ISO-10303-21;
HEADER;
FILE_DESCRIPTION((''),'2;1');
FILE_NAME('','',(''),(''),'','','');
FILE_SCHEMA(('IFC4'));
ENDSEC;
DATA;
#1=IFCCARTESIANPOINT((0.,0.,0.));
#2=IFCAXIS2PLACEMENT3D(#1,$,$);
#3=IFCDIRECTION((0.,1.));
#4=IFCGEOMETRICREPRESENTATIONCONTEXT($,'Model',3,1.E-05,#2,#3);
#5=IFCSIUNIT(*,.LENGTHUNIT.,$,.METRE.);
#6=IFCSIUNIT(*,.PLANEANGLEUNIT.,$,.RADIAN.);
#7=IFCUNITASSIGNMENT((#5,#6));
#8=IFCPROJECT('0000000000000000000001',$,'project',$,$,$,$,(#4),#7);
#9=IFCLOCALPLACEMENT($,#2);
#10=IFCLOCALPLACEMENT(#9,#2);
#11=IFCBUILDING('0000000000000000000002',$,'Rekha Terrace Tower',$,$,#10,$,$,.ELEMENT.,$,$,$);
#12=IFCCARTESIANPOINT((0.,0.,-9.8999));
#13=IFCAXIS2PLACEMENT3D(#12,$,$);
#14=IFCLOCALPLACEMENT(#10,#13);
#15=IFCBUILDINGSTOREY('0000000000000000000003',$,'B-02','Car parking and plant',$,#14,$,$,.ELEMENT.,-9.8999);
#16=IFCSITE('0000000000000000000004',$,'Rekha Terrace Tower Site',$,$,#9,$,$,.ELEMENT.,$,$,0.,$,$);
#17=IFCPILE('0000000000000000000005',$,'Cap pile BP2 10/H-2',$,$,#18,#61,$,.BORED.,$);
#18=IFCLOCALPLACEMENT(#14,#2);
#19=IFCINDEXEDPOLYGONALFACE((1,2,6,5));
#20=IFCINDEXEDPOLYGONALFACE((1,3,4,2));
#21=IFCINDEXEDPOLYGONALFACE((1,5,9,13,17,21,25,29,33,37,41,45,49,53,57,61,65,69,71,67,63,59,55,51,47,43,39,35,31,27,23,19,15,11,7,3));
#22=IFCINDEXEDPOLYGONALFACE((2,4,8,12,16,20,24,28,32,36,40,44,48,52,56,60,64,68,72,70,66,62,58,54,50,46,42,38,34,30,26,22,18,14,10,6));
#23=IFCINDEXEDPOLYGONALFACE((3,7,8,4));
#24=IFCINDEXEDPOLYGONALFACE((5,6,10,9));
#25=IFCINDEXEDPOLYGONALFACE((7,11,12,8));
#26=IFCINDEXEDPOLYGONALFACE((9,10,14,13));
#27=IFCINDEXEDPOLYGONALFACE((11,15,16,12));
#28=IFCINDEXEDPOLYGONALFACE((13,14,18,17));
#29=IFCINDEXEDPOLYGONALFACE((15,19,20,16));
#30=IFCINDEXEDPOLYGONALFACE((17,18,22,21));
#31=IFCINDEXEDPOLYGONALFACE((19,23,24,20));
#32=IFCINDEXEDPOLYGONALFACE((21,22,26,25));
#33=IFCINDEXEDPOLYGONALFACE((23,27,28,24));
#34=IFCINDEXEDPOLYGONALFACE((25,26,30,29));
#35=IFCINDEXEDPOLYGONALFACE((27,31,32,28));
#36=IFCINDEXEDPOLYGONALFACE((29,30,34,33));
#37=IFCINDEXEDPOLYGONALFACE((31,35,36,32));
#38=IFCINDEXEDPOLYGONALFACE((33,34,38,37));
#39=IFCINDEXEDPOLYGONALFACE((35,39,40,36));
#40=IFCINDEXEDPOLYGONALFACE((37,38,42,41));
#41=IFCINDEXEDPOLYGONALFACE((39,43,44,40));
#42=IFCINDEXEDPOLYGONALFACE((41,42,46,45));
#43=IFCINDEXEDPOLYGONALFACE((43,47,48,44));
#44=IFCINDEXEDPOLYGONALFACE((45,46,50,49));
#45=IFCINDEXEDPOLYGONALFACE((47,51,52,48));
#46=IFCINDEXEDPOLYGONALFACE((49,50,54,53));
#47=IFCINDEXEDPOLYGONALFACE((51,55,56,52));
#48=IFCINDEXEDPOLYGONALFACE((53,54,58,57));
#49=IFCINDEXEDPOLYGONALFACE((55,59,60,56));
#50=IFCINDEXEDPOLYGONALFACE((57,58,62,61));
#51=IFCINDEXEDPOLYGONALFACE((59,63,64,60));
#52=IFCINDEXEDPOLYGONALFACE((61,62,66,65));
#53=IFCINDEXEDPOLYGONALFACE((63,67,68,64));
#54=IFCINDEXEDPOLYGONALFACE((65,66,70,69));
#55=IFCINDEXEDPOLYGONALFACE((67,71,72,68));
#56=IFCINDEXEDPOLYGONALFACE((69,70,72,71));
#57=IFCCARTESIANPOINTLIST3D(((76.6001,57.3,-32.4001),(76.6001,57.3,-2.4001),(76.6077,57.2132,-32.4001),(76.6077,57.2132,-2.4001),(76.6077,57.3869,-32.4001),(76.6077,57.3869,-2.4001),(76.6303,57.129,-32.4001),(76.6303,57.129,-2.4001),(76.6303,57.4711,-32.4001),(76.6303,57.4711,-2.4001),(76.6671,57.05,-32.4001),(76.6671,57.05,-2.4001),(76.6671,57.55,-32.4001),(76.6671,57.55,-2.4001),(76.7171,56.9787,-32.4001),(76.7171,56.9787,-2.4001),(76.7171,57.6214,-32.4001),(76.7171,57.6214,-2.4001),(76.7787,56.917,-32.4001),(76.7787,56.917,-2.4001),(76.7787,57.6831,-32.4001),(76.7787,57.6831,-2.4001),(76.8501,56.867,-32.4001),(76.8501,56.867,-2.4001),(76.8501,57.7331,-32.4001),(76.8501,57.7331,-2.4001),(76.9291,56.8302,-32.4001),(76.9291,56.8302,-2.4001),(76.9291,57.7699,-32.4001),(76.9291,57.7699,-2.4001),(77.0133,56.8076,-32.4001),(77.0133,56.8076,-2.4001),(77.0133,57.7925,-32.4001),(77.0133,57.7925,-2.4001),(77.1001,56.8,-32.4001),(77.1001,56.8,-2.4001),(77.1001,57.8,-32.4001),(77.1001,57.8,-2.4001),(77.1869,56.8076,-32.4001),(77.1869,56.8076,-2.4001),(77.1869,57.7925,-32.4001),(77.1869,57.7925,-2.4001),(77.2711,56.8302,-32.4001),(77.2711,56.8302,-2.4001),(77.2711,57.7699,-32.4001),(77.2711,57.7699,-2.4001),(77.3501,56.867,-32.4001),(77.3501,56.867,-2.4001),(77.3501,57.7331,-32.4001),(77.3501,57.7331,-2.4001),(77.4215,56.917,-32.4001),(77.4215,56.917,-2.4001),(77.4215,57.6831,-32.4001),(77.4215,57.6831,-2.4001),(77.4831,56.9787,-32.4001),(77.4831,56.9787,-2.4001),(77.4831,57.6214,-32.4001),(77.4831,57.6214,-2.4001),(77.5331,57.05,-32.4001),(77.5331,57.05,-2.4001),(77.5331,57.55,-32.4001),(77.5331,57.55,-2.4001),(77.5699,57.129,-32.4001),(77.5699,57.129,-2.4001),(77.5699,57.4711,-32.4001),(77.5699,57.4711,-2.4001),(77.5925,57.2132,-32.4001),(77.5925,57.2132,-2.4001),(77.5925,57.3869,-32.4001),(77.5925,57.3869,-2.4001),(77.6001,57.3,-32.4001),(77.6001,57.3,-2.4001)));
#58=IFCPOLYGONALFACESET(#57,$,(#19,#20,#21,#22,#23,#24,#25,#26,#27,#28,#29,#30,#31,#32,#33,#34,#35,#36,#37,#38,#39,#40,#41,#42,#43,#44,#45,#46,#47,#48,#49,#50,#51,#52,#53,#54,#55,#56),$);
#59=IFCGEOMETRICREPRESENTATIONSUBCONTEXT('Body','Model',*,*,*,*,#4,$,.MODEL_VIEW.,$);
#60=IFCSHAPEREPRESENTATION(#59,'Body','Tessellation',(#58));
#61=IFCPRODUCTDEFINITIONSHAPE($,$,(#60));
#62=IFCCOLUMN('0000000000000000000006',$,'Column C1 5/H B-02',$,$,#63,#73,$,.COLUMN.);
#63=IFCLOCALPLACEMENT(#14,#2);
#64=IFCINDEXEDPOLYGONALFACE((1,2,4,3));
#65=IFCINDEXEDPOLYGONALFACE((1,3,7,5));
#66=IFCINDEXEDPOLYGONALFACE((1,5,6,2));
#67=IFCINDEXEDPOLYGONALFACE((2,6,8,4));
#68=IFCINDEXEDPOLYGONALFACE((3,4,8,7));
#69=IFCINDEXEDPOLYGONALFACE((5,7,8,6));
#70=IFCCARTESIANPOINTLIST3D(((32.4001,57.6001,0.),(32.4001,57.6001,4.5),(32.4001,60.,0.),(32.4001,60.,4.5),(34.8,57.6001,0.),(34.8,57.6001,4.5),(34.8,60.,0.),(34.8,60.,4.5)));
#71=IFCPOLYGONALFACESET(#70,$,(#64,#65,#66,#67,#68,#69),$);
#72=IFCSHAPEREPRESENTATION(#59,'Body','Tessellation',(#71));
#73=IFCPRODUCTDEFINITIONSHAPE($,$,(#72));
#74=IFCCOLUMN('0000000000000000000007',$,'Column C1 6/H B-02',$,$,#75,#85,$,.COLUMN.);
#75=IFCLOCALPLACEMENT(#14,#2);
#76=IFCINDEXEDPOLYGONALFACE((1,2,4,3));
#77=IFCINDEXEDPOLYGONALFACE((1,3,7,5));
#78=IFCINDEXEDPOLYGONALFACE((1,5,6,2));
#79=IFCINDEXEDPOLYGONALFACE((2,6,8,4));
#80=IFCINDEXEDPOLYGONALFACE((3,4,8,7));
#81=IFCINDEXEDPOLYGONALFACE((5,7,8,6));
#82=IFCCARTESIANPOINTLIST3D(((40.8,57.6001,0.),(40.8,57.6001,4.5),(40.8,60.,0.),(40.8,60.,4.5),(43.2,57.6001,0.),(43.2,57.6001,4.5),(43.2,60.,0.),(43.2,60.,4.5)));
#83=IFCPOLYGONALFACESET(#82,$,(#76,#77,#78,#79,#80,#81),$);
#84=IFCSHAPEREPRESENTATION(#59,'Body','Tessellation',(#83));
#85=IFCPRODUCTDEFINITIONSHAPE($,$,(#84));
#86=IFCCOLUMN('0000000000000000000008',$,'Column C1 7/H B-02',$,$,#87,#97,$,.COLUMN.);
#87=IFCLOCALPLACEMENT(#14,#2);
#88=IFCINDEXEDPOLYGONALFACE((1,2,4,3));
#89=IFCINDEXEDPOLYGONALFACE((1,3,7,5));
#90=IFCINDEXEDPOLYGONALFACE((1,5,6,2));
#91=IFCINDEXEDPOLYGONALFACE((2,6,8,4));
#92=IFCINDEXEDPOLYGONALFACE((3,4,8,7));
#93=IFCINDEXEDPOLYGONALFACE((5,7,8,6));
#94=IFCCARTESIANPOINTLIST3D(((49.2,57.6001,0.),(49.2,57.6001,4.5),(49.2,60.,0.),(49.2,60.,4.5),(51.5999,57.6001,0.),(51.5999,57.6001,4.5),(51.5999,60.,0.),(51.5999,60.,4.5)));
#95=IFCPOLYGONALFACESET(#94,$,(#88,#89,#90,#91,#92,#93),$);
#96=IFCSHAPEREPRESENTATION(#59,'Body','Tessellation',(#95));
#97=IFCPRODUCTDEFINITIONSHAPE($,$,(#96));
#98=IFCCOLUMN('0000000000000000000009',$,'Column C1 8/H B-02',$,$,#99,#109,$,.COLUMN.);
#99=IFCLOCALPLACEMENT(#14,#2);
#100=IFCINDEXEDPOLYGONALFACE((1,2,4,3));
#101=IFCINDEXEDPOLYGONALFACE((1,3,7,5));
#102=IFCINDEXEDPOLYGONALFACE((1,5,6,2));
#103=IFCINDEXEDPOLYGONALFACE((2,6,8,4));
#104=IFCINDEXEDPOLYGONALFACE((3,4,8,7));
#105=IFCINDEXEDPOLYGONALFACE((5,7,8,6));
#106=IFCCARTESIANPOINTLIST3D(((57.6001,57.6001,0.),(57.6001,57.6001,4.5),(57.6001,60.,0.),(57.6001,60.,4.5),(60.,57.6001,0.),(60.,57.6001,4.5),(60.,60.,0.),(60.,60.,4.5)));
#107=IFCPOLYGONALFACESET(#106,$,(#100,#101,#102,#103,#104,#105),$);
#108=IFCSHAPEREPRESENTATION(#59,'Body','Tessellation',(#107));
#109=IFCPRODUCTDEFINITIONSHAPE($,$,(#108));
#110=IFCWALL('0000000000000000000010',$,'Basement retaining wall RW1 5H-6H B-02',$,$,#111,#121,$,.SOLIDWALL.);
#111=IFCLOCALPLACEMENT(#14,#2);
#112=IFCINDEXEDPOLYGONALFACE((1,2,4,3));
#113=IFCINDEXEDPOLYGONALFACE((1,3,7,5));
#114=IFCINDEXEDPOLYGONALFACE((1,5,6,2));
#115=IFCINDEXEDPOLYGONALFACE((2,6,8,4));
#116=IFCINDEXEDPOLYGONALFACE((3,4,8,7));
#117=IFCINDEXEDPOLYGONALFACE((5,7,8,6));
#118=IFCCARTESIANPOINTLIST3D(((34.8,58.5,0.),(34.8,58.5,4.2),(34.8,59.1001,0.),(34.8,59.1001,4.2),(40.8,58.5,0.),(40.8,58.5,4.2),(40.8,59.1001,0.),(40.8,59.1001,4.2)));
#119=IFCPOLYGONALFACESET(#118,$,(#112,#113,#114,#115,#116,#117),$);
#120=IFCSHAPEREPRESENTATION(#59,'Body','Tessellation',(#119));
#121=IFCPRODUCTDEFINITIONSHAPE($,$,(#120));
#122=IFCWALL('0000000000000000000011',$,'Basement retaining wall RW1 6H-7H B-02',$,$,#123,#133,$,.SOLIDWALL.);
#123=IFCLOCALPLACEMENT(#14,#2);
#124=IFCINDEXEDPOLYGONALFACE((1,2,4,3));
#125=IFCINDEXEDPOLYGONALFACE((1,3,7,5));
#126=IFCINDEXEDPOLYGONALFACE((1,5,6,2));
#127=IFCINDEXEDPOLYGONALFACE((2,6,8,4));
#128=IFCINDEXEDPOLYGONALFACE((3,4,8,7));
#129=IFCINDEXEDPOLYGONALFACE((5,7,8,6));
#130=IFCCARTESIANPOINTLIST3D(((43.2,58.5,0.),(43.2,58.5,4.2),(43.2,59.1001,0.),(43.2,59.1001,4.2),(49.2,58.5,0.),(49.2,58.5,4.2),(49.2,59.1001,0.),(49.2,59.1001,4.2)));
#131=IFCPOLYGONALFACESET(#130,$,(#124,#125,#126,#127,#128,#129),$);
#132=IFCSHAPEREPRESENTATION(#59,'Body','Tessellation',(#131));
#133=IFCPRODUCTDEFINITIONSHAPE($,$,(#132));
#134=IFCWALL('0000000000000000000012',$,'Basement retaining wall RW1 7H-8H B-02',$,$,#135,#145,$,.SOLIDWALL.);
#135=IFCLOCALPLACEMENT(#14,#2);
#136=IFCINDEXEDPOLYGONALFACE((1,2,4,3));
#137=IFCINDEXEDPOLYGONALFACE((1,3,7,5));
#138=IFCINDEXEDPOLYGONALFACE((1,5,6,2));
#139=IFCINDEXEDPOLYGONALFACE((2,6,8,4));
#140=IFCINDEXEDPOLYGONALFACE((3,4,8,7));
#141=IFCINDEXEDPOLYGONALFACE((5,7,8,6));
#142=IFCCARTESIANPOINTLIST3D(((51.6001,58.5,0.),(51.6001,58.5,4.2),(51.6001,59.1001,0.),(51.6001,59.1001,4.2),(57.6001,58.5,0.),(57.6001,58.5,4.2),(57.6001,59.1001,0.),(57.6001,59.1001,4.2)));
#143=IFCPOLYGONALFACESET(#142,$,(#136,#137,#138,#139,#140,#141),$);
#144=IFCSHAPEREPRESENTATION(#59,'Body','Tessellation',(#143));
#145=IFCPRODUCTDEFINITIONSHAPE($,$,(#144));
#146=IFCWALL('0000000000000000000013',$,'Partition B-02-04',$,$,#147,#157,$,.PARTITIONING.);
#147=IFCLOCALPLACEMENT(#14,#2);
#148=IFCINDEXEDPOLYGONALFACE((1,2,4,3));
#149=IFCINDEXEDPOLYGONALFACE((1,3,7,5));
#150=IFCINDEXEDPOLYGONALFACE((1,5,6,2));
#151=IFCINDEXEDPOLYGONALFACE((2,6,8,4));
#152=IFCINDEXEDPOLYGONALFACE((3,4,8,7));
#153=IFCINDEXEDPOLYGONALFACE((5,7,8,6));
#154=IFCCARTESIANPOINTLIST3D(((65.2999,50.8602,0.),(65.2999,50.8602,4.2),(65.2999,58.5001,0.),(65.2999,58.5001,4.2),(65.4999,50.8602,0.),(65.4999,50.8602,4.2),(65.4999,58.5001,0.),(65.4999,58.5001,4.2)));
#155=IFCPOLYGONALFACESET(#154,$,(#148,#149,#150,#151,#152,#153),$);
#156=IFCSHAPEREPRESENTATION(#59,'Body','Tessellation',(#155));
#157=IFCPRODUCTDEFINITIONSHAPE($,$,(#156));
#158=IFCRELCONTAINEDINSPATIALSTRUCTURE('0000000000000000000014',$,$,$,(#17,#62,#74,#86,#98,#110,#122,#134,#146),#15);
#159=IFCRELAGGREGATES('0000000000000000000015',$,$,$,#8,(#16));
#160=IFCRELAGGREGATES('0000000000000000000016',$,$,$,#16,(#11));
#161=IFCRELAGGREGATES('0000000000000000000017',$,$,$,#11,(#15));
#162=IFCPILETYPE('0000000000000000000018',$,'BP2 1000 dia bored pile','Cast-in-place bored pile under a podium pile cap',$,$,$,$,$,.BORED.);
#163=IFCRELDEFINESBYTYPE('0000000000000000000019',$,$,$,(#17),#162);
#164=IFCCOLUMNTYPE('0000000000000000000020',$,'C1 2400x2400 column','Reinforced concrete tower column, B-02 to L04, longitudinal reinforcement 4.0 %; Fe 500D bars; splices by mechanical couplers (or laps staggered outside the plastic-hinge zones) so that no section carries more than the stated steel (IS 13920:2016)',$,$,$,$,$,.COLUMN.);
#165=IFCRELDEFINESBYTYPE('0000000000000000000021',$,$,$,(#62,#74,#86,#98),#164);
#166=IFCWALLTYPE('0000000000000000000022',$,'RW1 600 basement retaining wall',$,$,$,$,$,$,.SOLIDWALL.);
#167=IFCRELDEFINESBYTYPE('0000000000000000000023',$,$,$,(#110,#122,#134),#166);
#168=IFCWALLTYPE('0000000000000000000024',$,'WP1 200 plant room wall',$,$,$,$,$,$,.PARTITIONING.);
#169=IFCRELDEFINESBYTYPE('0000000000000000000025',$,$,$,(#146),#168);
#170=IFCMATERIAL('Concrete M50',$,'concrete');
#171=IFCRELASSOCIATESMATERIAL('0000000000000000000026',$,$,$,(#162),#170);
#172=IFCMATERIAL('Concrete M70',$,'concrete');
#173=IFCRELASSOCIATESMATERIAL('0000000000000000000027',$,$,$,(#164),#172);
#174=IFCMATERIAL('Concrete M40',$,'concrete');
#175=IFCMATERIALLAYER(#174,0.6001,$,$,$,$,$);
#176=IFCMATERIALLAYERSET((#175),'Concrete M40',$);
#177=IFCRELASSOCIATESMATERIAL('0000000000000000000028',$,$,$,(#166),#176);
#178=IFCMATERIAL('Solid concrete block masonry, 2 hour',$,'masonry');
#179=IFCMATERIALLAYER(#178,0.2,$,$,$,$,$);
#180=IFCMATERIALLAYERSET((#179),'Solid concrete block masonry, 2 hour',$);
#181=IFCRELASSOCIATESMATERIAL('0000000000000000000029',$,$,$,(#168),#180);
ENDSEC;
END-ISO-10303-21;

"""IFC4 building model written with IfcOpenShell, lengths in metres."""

from ifc_helpers import new_model, si_unit, direction, frame, frame_2d, origin, origin_2d, place, context, subcontext, project, spatial, rectangle, circle, extrude, material, layer, layer_set, material_profile, profile_set, type_object, element, save


model = new_model("IFC4")

# Units and contexts
model_context = context("Model", 3, precision=1e-05, world=origin(), true_north=direction((0.0, 1.0)))
body_context = subcontext(model_context, "Body", "Model", "MODEL_VIEW")
ifc_project = project(units=[si_unit("LENGTHUNIT", "METRE"), si_unit("PLANEANGLEUNIT", "RADIAN")], contexts=[model_context])

# Site, building, storey
site_placement = place(None, origin())
site = spatial("IfcSite", under=ifc_project, at=site_placement, Name="Rekha Terrace Tower Site", CompositionType="ELEMENT", RefElevation=0.0)
building_placement = place(site_placement, origin())
building = spatial("IfcBuilding", under=site, at=building_placement, Name="Rekha Terrace Tower", CompositionType="ELEMENT")
storey_placement = place(building_placement, frame((0.0, 0.0, -9.8999)))
storey = spatial("IfcBuildingStorey", under=building, at=storey_placement, Name="B-02", Description="Car parking and plant", CompositionType="ELEMENT", Elevation=-9.8999)

# Pile
ifc_material_1 = material(Name="Concrete M50", Category="concrete")
pile_type_1 = type_object("IfcPileType", Name="BP2 1000 dia bored pile", Description="Cast-in-place bored pile under a podium pile cap", PredefinedType="BORED", material=ifc_material_1)
for number, where, z_axis, x_axis, name in (
    (1, (77.1001, 57.3, -2.4001), (0.0, 0.0, -1.0), (1.0, 0.0, 0.0), "Cap pile BP2 10/H-2"),
):
    element("IfcPile", number, at=place(storey_placement, frame(where, z_axis=z_axis, x_axis=x_axis)), inside=storey, type_object=pile_type_1, Name=name, PredefinedType="BORED", context=body_context, shape_type="SweptSolid", body=[
        extrude(circle(Radius=0.5, at=origin_2d()), origin(), (0.0, 0.0, 1.0), 30.0),
    ])

# Columns
ifc_material_2 = material(Name="Concrete M70", Category="concrete")
ifc_material_profile = material_profile(ifc_material_2, rectangle(XDim=2.3999, YDim=2.3999, at=origin_2d()), Name="RC 2400x2400")
ifc_profile_set = profile_set([ifc_material_profile], Name="Concrete M70")
column_type = type_object("IfcColumnType", Name="C1 2400x2400 column", Description="Reinforced concrete tower column, B-02 to L04, longitudinal reinforcement 4.0 %; Fe 500D bars; splices by mechanical couplers (or laps staggered outside the plastic-hinge zones) so that no section carries more than the stated steel (IS 13920:2016)", PredefinedType="COLUMN", material=ifc_profile_set)
for number, where, z_axis, x_axis, name in (
    (2, (33.6001, 58.8, 0.0), (0.0, 0.0, 1.0), (1.0, 0.0, 0.0), "Column C1 5/H B-02"),
    (3, (42.0, 58.8, 0.0), (0.0, 0.0, 1.0), (1.0, 0.0, 0.0), "Column C1 6/H B-02"),
    (4, (50.3999, 58.8, 0.0), (0.0, 0.0, 1.0), (1.0, 0.0, 0.0), "Column C1 7/H B-02"),
    (5, (58.8, 58.8, 0.0), (0.0, 0.0, 1.0), (1.0, 0.0, 0.0), "Column C1 8/H B-02"),
):
    element("IfcColumn", number, at=place(storey_placement, frame(where, z_axis=z_axis, x_axis=x_axis)), inside=storey, type_object=column_type, Name=name, PredefinedType="COLUMN", context=body_context, shape_type="SweptSolid", body=[
        extrude(rectangle(XDim=2.3999, YDim=2.3999, at=origin_2d()), origin(), (0.0, 0.0, 1.0), 4.5),
    ])

# Walls
ifc_material_3 = material(Name="Concrete M40", Category="concrete")
ifc_layer_1 = layer(ifc_material_3, 0.6001)
ifc_layer_set_1 = layer_set([ifc_layer_1], Name="Concrete M40")
wall_type_1 = type_object("IfcWallType", Name="RW1 600 basement retaining wall", PredefinedType="SOLIDWALL", material=ifc_layer_set_1)
for number, where, z_axis, x_axis, name in (
    (6, (34.8, 58.8, 0.0), (0.0, 0.0, 1.0), (1.0, 0.0, 0.0), "Basement retaining wall RW1 5H-6H B-02"),
    (7, (43.2, 58.8, 0.0), (0.0, 0.0, 1.0), (1.0, 0.0, 0.0), "Basement retaining wall RW1 6H-7H B-02"),
    (8, (51.6001, 58.8, 0.0), (0.0, 0.0, 1.0), (1.0, 0.0, 0.0), "Basement retaining wall RW1 7H-8H B-02"),
):
    element("IfcWall", number, at=place(storey_placement, frame(where, z_axis=z_axis, x_axis=x_axis)), inside=storey, type_object=wall_type_1, Name=name, PredefinedType="SOLIDWALL", context=body_context, shape_type="SweptSolid", body=[
        extrude(rectangle(XDim=6.0, YDim=0.6001, at=frame_2d((3.0, 0.0))), origin(), (0.0, 0.0, 1.0), 4.2),
    ])
ifc_material_4 = material(Name="Solid concrete block masonry, 2 hour", Category="masonry")
ifc_layer_2 = layer(ifc_material_4, 0.2)
ifc_layer_set_2 = layer_set([ifc_layer_2], Name="Solid concrete block masonry, 2 hour")
wall_type_2 = type_object("IfcWallType", Name="WP1 200 plant room wall", PredefinedType="PARTITIONING", material=ifc_layer_set_2)
wall_placement = place(storey_placement, frame((65.3999, 58.5, 0.0), z_axis=(0.0, 0.0, 1.0), x_axis=(0.0, -1.0, 0.0)))
element("IfcWall", 9, at=wall_placement, inside=storey, type_object=wall_type_2, Name="Partition B-02-04", PredefinedType="PARTITIONING", context=body_context, shape_type="SweptSolid", body=[
    extrude(rectangle(XDim=7.6399, YDim=0.2, at=frame_2d((3.8198, 0.0))), origin(), (0.0, 0.0, 1.0), 4.2),
])

save(model, "model.ifc")
